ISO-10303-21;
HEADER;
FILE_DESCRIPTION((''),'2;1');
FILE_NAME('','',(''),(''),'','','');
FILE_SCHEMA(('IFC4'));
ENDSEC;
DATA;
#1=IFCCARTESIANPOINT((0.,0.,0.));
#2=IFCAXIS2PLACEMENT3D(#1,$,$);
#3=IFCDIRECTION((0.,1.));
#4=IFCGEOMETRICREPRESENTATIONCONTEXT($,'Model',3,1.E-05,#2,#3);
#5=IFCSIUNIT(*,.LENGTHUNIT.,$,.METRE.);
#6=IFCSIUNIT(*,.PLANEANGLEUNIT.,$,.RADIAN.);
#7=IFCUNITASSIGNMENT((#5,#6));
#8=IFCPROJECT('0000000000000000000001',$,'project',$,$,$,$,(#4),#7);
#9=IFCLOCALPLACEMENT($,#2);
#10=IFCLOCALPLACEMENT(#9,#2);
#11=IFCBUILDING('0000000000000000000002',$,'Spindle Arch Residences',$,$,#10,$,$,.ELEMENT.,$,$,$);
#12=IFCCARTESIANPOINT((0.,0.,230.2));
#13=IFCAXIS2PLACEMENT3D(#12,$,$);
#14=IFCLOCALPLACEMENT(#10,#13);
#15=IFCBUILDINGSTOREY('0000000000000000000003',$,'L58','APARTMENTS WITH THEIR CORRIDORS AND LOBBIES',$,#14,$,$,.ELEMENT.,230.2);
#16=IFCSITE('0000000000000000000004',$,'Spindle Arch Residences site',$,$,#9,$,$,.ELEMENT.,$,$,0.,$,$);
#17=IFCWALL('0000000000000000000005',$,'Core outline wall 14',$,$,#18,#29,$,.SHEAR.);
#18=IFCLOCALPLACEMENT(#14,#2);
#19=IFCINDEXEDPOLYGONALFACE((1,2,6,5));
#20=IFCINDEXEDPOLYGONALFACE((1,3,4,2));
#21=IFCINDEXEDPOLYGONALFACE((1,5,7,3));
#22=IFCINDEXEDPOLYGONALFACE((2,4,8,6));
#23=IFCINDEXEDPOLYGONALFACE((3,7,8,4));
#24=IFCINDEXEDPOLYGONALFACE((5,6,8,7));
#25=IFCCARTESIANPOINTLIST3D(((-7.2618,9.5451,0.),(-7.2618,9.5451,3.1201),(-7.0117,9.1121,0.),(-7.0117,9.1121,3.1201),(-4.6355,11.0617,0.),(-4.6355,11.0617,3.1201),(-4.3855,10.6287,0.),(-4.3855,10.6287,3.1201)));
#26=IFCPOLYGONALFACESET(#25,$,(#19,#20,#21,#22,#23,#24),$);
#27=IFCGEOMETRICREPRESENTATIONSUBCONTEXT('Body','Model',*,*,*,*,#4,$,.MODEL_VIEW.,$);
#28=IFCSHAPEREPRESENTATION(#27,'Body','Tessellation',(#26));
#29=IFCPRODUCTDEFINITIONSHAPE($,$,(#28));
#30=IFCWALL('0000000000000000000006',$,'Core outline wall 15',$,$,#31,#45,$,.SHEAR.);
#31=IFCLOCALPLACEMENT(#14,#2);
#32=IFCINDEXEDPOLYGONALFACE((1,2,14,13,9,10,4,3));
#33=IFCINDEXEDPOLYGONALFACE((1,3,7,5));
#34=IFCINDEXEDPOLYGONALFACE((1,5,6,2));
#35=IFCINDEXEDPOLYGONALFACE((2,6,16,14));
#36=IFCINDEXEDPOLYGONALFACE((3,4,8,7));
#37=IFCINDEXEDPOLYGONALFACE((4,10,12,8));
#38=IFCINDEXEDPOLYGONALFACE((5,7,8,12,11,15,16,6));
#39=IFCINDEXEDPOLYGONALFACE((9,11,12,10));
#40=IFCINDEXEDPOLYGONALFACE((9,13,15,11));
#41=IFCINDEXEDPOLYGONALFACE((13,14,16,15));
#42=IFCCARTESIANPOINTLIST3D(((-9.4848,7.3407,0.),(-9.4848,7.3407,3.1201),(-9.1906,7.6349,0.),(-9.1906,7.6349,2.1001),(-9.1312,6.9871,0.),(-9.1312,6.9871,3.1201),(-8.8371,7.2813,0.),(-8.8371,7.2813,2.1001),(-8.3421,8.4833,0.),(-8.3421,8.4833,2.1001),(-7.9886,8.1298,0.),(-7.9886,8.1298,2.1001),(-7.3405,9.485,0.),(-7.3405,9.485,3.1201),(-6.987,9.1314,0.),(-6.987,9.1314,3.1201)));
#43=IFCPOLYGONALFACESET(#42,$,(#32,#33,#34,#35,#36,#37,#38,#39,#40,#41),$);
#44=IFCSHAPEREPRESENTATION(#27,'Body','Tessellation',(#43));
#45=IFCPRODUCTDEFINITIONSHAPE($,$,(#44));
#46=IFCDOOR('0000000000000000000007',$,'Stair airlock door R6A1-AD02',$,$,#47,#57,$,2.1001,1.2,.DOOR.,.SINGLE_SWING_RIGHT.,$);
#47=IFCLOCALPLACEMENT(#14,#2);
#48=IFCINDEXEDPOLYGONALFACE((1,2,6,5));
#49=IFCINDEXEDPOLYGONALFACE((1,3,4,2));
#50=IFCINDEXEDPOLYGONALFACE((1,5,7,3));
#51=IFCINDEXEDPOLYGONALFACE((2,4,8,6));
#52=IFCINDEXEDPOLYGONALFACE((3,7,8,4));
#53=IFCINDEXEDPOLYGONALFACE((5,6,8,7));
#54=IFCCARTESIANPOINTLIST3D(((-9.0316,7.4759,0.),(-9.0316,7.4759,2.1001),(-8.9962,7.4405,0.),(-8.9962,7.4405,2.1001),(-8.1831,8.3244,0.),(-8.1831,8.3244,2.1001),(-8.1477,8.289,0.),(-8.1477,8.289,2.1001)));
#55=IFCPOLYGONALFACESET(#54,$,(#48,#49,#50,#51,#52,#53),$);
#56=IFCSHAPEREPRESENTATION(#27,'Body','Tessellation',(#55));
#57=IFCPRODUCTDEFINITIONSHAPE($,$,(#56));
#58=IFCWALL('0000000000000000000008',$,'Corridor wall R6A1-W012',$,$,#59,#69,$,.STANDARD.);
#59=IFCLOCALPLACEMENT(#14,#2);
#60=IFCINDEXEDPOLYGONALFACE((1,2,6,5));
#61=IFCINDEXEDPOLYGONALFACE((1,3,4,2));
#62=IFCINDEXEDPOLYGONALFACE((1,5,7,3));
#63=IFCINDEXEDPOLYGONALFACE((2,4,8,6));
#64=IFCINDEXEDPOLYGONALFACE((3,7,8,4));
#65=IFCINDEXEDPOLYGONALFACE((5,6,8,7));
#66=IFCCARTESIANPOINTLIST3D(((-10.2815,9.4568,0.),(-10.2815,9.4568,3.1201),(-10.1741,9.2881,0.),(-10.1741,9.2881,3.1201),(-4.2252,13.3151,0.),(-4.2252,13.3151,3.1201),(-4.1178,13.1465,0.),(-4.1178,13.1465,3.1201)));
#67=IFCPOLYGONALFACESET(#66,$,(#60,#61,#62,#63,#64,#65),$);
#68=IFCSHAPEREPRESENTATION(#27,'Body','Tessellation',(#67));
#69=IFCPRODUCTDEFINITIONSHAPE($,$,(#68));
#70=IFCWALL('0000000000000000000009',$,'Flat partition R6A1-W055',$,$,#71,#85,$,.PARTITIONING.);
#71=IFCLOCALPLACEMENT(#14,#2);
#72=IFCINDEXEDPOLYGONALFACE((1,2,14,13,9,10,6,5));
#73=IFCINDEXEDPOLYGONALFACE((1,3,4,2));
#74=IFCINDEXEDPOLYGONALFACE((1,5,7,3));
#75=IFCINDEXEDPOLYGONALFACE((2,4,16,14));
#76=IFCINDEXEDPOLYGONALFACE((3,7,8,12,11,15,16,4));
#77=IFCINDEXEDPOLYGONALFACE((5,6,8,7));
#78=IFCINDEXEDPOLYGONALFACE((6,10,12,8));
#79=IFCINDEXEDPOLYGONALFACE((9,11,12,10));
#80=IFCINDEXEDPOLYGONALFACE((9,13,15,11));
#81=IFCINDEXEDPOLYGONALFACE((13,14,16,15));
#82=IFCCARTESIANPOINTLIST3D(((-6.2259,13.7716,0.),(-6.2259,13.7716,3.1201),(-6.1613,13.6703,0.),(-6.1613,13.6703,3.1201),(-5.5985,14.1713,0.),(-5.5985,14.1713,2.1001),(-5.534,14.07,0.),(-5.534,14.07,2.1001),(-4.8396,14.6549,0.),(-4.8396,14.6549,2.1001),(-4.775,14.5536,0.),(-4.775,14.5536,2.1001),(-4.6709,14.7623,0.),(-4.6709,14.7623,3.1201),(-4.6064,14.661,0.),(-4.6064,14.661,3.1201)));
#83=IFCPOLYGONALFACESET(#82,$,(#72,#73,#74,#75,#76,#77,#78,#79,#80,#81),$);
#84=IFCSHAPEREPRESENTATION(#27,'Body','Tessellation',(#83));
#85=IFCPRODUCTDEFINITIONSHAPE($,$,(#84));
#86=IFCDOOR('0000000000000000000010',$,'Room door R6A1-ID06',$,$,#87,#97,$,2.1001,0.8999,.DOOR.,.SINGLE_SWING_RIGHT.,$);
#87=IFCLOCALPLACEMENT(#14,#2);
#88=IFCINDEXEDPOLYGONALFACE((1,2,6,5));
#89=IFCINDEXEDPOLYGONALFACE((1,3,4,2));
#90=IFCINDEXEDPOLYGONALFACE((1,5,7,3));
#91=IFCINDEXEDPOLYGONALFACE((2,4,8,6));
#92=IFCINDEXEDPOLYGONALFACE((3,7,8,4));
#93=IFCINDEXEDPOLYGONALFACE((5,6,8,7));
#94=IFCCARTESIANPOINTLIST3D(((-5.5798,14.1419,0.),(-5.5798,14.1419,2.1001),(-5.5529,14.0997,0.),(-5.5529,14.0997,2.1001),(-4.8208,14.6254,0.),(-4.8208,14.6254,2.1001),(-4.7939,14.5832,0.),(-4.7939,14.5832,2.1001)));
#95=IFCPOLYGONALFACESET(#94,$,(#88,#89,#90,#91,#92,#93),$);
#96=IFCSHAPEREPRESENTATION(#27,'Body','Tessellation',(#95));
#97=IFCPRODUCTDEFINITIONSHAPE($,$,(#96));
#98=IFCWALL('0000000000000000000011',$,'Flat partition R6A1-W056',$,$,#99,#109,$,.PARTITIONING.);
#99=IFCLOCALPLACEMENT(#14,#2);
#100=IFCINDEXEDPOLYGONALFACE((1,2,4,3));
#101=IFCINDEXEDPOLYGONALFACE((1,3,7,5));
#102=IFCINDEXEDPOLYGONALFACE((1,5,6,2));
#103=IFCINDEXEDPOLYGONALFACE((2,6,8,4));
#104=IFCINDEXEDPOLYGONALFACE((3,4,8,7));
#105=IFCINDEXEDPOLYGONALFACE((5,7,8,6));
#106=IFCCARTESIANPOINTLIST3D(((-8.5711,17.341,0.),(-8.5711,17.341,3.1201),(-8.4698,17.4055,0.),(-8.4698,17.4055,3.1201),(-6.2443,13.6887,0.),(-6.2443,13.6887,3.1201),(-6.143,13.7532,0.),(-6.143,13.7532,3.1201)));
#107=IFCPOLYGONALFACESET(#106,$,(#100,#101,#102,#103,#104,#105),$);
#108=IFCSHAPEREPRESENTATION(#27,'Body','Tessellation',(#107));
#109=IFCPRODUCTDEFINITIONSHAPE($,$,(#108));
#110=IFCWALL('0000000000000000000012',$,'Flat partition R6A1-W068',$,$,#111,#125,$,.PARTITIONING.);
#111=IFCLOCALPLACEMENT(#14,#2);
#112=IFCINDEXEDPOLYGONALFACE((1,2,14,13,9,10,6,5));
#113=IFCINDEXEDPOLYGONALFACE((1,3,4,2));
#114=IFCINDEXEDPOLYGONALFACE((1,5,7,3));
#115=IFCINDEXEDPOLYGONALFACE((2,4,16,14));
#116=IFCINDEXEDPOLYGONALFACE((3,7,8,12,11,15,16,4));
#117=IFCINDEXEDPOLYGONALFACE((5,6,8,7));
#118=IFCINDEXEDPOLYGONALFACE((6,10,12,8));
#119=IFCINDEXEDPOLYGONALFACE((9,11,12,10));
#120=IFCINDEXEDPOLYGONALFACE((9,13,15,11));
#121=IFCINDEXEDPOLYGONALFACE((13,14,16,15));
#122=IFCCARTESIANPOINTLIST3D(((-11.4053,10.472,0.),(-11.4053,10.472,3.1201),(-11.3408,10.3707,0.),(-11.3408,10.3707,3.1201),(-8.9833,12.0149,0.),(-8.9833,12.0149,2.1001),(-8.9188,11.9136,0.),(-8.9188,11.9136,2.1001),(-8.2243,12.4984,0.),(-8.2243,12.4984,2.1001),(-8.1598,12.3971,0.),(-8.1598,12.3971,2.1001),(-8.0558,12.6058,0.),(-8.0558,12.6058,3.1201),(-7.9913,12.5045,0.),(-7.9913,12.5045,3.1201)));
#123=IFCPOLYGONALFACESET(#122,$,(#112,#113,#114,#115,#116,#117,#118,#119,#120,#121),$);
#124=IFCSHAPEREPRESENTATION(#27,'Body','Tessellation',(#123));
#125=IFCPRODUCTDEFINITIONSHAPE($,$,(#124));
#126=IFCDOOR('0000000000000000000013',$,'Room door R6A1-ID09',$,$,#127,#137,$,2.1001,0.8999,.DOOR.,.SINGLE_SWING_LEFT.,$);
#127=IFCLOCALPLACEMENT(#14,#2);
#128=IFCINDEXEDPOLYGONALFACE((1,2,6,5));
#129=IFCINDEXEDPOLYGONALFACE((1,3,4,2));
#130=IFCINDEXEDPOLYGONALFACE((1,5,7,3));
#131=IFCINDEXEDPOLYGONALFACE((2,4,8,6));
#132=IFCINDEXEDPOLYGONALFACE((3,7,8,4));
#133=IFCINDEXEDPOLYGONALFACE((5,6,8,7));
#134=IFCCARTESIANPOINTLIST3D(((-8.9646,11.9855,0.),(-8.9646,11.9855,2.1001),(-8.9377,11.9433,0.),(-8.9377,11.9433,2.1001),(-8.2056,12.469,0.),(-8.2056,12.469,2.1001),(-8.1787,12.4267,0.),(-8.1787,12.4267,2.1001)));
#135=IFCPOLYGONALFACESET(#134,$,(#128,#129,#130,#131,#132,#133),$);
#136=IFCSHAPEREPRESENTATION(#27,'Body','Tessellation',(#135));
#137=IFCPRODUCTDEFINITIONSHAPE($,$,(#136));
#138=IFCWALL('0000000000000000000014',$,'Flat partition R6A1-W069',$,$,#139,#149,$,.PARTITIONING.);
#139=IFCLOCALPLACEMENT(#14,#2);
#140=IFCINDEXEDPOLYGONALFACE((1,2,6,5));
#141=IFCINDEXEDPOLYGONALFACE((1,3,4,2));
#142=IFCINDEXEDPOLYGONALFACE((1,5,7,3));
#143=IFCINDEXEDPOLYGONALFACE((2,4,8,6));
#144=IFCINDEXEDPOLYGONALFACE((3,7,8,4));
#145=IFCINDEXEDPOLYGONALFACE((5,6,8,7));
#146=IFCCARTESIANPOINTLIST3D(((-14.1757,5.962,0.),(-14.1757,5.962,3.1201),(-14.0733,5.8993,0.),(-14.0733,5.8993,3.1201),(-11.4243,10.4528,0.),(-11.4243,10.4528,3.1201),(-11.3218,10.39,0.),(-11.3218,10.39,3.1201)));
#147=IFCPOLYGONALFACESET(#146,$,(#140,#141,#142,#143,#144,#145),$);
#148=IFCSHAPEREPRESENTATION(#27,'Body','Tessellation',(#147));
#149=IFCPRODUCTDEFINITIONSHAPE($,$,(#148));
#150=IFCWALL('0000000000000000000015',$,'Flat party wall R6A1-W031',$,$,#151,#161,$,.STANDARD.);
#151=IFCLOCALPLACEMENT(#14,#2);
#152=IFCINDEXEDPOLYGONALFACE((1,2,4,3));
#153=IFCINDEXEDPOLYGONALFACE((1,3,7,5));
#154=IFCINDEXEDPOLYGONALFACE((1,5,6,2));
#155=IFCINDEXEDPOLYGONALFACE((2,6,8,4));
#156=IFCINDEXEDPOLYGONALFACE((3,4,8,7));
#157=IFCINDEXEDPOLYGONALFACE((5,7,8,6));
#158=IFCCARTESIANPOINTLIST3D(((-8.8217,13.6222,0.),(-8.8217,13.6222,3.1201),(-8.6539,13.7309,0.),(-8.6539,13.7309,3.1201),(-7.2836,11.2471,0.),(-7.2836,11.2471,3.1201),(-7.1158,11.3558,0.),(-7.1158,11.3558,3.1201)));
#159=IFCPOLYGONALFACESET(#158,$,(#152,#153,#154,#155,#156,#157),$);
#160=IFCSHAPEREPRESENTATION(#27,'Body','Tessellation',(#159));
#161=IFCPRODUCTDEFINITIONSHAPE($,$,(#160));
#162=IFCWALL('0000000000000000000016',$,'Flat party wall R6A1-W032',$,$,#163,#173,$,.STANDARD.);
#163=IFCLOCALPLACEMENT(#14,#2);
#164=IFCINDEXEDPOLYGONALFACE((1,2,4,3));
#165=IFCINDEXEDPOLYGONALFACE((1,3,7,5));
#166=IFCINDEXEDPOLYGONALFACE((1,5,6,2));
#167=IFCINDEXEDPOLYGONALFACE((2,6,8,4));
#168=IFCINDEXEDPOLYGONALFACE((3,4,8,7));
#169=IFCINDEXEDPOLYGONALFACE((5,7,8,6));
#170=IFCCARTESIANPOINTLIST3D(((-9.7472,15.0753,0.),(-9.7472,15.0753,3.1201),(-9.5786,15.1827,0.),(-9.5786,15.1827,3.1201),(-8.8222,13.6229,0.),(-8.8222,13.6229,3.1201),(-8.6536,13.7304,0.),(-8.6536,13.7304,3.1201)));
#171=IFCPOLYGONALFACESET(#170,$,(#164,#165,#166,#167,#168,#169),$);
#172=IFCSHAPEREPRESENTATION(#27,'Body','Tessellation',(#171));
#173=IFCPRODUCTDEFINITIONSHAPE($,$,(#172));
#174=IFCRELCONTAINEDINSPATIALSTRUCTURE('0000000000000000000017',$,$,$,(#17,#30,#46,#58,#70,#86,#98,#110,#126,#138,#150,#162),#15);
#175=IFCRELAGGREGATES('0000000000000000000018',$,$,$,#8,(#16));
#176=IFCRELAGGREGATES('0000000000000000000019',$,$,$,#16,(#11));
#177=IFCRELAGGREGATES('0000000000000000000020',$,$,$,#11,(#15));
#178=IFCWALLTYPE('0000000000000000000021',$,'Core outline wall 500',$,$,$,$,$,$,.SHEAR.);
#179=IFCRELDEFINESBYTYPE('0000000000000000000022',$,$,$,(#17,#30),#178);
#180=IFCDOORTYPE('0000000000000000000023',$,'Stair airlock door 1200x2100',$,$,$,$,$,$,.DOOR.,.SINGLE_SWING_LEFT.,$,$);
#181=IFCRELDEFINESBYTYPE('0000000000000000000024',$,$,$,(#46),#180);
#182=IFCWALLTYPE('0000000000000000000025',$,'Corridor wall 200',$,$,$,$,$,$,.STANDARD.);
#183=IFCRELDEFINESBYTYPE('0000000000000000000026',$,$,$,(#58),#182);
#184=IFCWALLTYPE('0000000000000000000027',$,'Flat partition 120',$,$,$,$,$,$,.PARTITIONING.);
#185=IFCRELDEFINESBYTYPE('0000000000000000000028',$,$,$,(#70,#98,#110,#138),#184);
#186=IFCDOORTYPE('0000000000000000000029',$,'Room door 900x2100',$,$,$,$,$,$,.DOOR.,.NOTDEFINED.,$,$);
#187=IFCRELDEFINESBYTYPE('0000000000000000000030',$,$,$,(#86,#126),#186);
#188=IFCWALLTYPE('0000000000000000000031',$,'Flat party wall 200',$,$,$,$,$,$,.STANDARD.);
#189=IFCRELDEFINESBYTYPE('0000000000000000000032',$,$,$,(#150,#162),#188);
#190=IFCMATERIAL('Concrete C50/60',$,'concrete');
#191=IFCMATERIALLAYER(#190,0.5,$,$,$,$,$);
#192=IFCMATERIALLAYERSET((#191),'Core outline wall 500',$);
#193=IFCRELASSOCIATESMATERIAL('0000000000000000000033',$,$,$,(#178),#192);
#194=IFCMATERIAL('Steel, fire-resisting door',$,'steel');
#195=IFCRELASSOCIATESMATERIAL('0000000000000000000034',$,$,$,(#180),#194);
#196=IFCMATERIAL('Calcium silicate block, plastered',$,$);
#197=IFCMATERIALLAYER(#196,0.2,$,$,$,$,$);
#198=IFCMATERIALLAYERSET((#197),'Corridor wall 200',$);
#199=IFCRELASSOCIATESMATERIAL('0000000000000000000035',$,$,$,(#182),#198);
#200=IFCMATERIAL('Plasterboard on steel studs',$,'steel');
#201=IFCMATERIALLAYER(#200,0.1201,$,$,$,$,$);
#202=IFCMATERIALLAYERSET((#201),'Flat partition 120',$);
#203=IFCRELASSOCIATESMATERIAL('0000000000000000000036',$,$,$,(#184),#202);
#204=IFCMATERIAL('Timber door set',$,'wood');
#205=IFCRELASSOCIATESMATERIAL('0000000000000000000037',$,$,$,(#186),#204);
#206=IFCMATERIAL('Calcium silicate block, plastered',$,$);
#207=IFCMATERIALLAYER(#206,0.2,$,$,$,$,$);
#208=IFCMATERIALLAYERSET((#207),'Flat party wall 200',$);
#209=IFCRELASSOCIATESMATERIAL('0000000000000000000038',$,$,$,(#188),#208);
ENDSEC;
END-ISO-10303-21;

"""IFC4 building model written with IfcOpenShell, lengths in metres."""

from ifc_helpers import new_model, si_unit, direction, frame, frame_2d, origin, place, context, subcontext, project, spatial, rectangle, extrude, material, layer, layer_set, type_object, element, fill, save


model = new_model("IFC4")

# Units and contexts
model_context = context("Model", 3, precision=1e-05, world=origin(), true_north=direction((0.0, 1.0)))
body_context = subcontext(model_context, "Body", "Model", "MODEL_VIEW")
ifc_project = project(units=[si_unit("LENGTHUNIT", "METRE"), si_unit("PLANEANGLEUNIT", "RADIAN")], contexts=[model_context])

# Site, building, storey
site_placement = place(None, origin())
site = spatial("IfcSite", under=ifc_project, at=site_placement, Name="Spindle Arch Residences site", CompositionType="ELEMENT", RefElevation=0.0)
building_placement = place(site_placement, origin())
building = spatial("IfcBuilding", under=site, at=building_placement, Name="Spindle Arch Residences", CompositionType="ELEMENT")
storey_placement = place(building_placement, frame((0.0, 0.0, 230.2)))
storey = spatial("IfcBuildingStorey", under=building, at=storey_placement, Name="L58", Description="APARTMENTS WITH THEIR CORRIDORS AND LOBBIES", CompositionType="ELEMENT", Elevation=230.2)

# Wall
ifc_material_1 = material(Name="Concrete C50/60", Category="concrete")
ifc_layer_1 = layer(ifc_material_1, 0.5)
ifc_layer_set_1 = layer_set([ifc_layer_1], Name="Core outline wall 500")
wall_type_1 = type_object("IfcWallType", Name="Core outline wall 500", PredefinedType="SHEAR", material=ifc_layer_set_1)
wall_1_placement = place(storey_placement, frame((-4.5105, 10.8452, 0.0), z_axis=(0.0, 0.0, 1.0), x_axis=(-0.865975, -0.500087, 0.0)))
element("IfcWall", 1, at=wall_1_placement, inside=storey, type_object=wall_type_1, Name="Core outline wall 14", PredefinedType="SHEAR", context=body_context, shape_type="SweptSolid", body=[
    extrude(rectangle(XDim=3.0327, YDim=0.5, at=frame_2d((1.5164, 0.0))), origin(), (0.0, 0.0, 1.0), 3.1201),
])

# Wall, opening, door
wall_2_placement = place(storey_placement, frame((-7.1638, 9.3081, 0.0), z_axis=(0.0, 0.0, 1.0), x_axis=(-0.707107, -0.707107, 0.0)))
wall_2 = element("IfcWall", 2, at=wall_2_placement, inside=storey, type_object=wall_type_1, Name="Core outline wall 15", PredefinedType="SHEAR", context=body_context, shape_type="SweptSolid", body=[
    extrude(rectangle(XDim=3.0325, YDim=0.5, at=frame_2d((1.5161, 0.0))), origin(), (0.0, 0.0, 1.0), 3.1201),
])
opening_1_placement = place(wall_2_placement, frame((1.4163, 0.0, 0.0)))
opening_1 = element("IfcOpeningElement", 3, at=opening_1_placement, cuts=wall_2, PredefinedType="OPENING", context=body_context, shape_type="SweptSolid", body=[
    extrude(rectangle(XDim=1.2, YDim=2.1001, at=frame_2d((0.6001, 1.05))), frame((0.0, 0.26, 0.0), z_axis=(0.0, -1.0, 0.0), x_axis=(1.0, 0.0, 0.0)), (0.0, 0.0, 1.0), 0.52),
])
ifc_material_2 = material(Name="Steel, fire-resisting door", Category="steel")
door_type_1 = type_object("IfcDoorType", Name="Stair airlock door 1200x2100", OperationType="SINGLE_SWING_LEFT", PredefinedType="DOOR", material=ifc_material_2)
door_1_placement = place(opening_1_placement, origin())
door_1 = element("IfcDoor", 4, at=door_1_placement, inside=storey, type_object=door_type_1, Name="Stair airlock door R6A1-AD02", OperationType="SINGLE_SWING_RIGHT", OverallHeight=2.1001, OverallWidth=1.2, PredefinedType="DOOR", context=body_context, shape_type="SweptSolid", body=[
    extrude(rectangle(XDim=1.2, YDim=2.1001, at=frame_2d((0.6001, 1.05))), frame((0.0, 0.0249, 0.0), z_axis=(0.0, -1.0, 0.0), x_axis=(1.0, 0.0, 0.0)), (0.0, 0.0, 1.0), 0.05),
])
fill(opening_1, door_1)

# Wall
ifc_material_3 = material(Name="Calcium silicate block, plastered")
ifc_layer_2 = layer(ifc_material_3, 0.2)
ifc_layer_set_2 = layer_set([ifc_layer_2], Name="Corridor wall 200")
wall_type_2 = type_object("IfcWallType", Name="Corridor wall 200", PredefinedType="STANDARD", material=ifc_layer_set_2)
wall_3_placement = place(storey_placement, frame((-4.1716, 13.2307, 0.0), z_axis=(0.0, 0.0, 1.0), x_axis=(-0.843388, -0.537304, 0.0)))
element("IfcWall", 5, at=wall_3_placement, inside=storey, type_object=wall_type_2, Name="Corridor wall R6A1-W012", PredefinedType="STANDARD", context=body_context, shape_type="SweptSolid", body=[
    extrude(rectangle(XDim=7.1809, YDim=0.2, at=frame_2d((3.5903, 0.0))), origin(), (0.0, 0.0, 1.0), 3.1201),
])

# Wall, opening, door
ifc_material_4 = material(Name="Plasterboard on steel studs", Category="steel")
ifc_layer_3 = layer(ifc_material_4, 0.1201)
ifc_layer_set_3 = layer_set([ifc_layer_3], Name="Flat partition 120")
wall_type_3 = type_object("IfcWallType", Name="Flat partition 120", PredefinedType="PARTITIONING", material=ifc_layer_set_3)
wall_4_placement = place(storey_placement, frame((-4.6387, 14.7117, 0.0), z_axis=(0.0, 0.0, 1.0), x_axis=(-0.843361, -0.537347, 0.0)))
wall_4 = element("IfcWall", 6, at=wall_4_placement, inside=storey, type_object=wall_type_3, Name="Flat partition R6A1-W055", PredefinedType="PARTITIONING", context=body_context, shape_type="SweptSolid", body=[
    extrude(rectangle(XDim=1.8438, YDim=0.1201, at=frame_2d((0.9219, 0.0))), origin(), (0.0, 0.0, 1.0), 3.1201),
])
opening_2_placement = place(wall_4_placement, frame((0.2, 0.0, 0.0)))
opening_2 = element("IfcOpeningElement", 7, at=opening_2_placement, cuts=wall_4, PredefinedType="OPENING", context=body_context, shape_type="SweptSolid", body=[
    extrude(rectangle(XDim=0.8999, YDim=2.1001, at=frame_2d((0.45, 1.05))), frame((0.0, 0.0701, 0.0), z_axis=(0.0, -1.0, 0.0), x_axis=(1.0, 0.0, 0.0)), (0.0, 0.0, 1.0), 0.1401),
])
ifc_material_5 = material(Name="Timber door set", Category="wood")
door_type_2 = type_object("IfcDoorType", Name="Room door 900x2100", OperationType="NOTDEFINED", PredefinedType="DOOR", material=ifc_material_5)
door_2_placement = place(opening_2_placement, origin())
door_2 = element("IfcDoor", 8, at=door_2_placement, inside=storey, type_object=door_type_2, Name="Room door R6A1-ID06", OperationType="SINGLE_SWING_RIGHT", OverallHeight=2.1001, OverallWidth=0.8999, PredefinedType="DOOR", context=body_context, shape_type="SweptSolid", body=[
    extrude(rectangle(XDim=0.8999, YDim=2.1001, at=frame_2d((0.45, 1.05))), frame((0.0, 0.0249, 0.0), z_axis=(0.0, -1.0, 0.0), x_axis=(1.0, 0.0, 0.0)), (0.0, 0.0, 1.0), 0.05),
])
fill(opening_2, door_2)

# Wall
wall_5_placement = place(storey_placement, frame((-6.1936, 13.7209, 0.0), z_axis=(0.0, 0.0, 1.0), x_axis=(-0.537317, 0.84338, 0.0)))
element("IfcWall", 9, at=wall_5_placement, inside=storey, type_object=wall_type_3, Name="Flat partition R6A1-W056", PredefinedType="PARTITIONING", context=body_context, shape_type="SweptSolid", body=[
    extrude(rectangle(XDim=4.3306, YDim=0.1201, at=frame_2d((2.1653, 0.0))), origin(), (0.0, 0.0, 1.0), 3.1201),
])

# Wall, opening, door
wall_6_placement = place(storey_placement, frame((-8.0234, 12.5552, 0.0), z_axis=(0.0, 0.0, 1.0), x_axis=(-0.843408, -0.537273, 0.0)))
wall_6 = element("IfcWall", 10, at=wall_6_placement, inside=storey, type_object=wall_type_3, Name="Flat partition R6A1-W068", PredefinedType="PARTITIONING", context=body_context, shape_type="SweptSolid", body=[
    extrude(rectangle(XDim=3.9714, YDim=0.1201, at=frame_2d((1.9858, 0.0))), origin(), (0.0, 0.0, 1.0), 3.1201),
])
opening_3_placement = place(wall_6_placement, frame((0.2, 0.0, 0.0)))
opening_3 = element("IfcOpeningElement", 11, at=opening_3_placement, cuts=wall_6, PredefinedType="OPENING", context=body_context, shape_type="SweptSolid", body=[
    extrude(rectangle(XDim=0.8999, YDim=2.1001, at=frame_2d((0.45, 1.05))), frame((0.0, 0.0701, 0.0), z_axis=(0.0, -1.0, 0.0), x_axis=(1.0, 0.0, 0.0)), (0.0, 0.0, 1.0), 0.1401),
])
door_3_placement = place(opening_3_placement, origin())
door_3 = element("IfcDoor", 12, at=door_3_placement, inside=storey, type_object=door_type_2, Name="Room door R6A1-ID09", OperationType="SINGLE_SWING_LEFT", OverallHeight=2.1001, OverallWidth=0.8999, PredefinedType="DOOR", context=body_context, shape_type="SweptSolid", body=[
    extrude(rectangle(XDim=0.8999, YDim=2.1001, at=frame_2d((0.45, 1.05))), frame((0.0, 0.0249, 0.0), z_axis=(0.0, -1.0, 0.0), x_axis=(1.0, 0.0, 0.0)), (0.0, 0.0, 1.0), 0.05),
])
fill(opening_3, door_3)

# Walls
wall_7_placement = place(storey_placement, frame((-11.373, 10.4214, 0.0), z_axis=(0.0, 0.0, 1.0), x_axis=(-0.522436, -0.852679, 0.0)))
element("IfcWall", 13, at=wall_7_placement, inside=storey, type_object=wall_type_3, Name="Flat partition R6A1-W069", PredefinedType="PARTITIONING", context=body_context, shape_type="SweptSolid", body=[
    extrude(rectangle(XDim=5.2666, YDim=0.1201, at=frame_2d((2.6333, 0.0))), origin(), (0.0, 0.0, 1.0), 3.1201),
])
ifc_material_6 = material(Name="Calcium silicate block, plastered")
ifc_layer_4 = layer(ifc_material_6, 0.2)
ifc_layer_set_4 = layer_set([ifc_layer_4], Name="Flat party wall 200")
wall_type_4 = type_object("IfcWallType", Name="Flat party wall 200", PredefinedType="STANDARD", material=ifc_layer_set_4)
wall_8_placement = place(storey_placement, frame((-8.7378, 13.6765, 0.0), z_axis=(0.0, 0.0, 1.0), x_axis=(0.54358, -0.839357, 0.0)))
element("IfcWall", 14, at=wall_8_placement, inside=storey, type_object=wall_type_4, Name="Flat party wall R6A1-W031", PredefinedType="STANDARD", context=body_context, shape_type="SweptSolid", body=[
    extrude(rectangle(XDim=2.8296, YDim=0.2, at=frame_2d((1.4148, 0.0))), origin(), (0.0, 0.0, 1.0), 3.1201),
])
wall_9_placement = place(storey_placement, frame((-9.6628, 15.1289, 0.0), z_axis=(0.0, 0.0, 1.0), x_axis=(0.537206, -0.843451, 0.0)))
element("IfcWall", 15, at=wall_9_placement, inside=storey, type_object=wall_type_4, Name="Flat party wall R6A1-W032", PredefinedType="STANDARD", context=body_context, shape_type="SweptSolid", body=[
    extrude(rectangle(XDim=1.7219, YDim=0.2, at=frame_2d((0.8608, 0.0))), origin(), (0.0, 0.0, 1.0), 3.1201),
])

save(model, "model.ifc")
